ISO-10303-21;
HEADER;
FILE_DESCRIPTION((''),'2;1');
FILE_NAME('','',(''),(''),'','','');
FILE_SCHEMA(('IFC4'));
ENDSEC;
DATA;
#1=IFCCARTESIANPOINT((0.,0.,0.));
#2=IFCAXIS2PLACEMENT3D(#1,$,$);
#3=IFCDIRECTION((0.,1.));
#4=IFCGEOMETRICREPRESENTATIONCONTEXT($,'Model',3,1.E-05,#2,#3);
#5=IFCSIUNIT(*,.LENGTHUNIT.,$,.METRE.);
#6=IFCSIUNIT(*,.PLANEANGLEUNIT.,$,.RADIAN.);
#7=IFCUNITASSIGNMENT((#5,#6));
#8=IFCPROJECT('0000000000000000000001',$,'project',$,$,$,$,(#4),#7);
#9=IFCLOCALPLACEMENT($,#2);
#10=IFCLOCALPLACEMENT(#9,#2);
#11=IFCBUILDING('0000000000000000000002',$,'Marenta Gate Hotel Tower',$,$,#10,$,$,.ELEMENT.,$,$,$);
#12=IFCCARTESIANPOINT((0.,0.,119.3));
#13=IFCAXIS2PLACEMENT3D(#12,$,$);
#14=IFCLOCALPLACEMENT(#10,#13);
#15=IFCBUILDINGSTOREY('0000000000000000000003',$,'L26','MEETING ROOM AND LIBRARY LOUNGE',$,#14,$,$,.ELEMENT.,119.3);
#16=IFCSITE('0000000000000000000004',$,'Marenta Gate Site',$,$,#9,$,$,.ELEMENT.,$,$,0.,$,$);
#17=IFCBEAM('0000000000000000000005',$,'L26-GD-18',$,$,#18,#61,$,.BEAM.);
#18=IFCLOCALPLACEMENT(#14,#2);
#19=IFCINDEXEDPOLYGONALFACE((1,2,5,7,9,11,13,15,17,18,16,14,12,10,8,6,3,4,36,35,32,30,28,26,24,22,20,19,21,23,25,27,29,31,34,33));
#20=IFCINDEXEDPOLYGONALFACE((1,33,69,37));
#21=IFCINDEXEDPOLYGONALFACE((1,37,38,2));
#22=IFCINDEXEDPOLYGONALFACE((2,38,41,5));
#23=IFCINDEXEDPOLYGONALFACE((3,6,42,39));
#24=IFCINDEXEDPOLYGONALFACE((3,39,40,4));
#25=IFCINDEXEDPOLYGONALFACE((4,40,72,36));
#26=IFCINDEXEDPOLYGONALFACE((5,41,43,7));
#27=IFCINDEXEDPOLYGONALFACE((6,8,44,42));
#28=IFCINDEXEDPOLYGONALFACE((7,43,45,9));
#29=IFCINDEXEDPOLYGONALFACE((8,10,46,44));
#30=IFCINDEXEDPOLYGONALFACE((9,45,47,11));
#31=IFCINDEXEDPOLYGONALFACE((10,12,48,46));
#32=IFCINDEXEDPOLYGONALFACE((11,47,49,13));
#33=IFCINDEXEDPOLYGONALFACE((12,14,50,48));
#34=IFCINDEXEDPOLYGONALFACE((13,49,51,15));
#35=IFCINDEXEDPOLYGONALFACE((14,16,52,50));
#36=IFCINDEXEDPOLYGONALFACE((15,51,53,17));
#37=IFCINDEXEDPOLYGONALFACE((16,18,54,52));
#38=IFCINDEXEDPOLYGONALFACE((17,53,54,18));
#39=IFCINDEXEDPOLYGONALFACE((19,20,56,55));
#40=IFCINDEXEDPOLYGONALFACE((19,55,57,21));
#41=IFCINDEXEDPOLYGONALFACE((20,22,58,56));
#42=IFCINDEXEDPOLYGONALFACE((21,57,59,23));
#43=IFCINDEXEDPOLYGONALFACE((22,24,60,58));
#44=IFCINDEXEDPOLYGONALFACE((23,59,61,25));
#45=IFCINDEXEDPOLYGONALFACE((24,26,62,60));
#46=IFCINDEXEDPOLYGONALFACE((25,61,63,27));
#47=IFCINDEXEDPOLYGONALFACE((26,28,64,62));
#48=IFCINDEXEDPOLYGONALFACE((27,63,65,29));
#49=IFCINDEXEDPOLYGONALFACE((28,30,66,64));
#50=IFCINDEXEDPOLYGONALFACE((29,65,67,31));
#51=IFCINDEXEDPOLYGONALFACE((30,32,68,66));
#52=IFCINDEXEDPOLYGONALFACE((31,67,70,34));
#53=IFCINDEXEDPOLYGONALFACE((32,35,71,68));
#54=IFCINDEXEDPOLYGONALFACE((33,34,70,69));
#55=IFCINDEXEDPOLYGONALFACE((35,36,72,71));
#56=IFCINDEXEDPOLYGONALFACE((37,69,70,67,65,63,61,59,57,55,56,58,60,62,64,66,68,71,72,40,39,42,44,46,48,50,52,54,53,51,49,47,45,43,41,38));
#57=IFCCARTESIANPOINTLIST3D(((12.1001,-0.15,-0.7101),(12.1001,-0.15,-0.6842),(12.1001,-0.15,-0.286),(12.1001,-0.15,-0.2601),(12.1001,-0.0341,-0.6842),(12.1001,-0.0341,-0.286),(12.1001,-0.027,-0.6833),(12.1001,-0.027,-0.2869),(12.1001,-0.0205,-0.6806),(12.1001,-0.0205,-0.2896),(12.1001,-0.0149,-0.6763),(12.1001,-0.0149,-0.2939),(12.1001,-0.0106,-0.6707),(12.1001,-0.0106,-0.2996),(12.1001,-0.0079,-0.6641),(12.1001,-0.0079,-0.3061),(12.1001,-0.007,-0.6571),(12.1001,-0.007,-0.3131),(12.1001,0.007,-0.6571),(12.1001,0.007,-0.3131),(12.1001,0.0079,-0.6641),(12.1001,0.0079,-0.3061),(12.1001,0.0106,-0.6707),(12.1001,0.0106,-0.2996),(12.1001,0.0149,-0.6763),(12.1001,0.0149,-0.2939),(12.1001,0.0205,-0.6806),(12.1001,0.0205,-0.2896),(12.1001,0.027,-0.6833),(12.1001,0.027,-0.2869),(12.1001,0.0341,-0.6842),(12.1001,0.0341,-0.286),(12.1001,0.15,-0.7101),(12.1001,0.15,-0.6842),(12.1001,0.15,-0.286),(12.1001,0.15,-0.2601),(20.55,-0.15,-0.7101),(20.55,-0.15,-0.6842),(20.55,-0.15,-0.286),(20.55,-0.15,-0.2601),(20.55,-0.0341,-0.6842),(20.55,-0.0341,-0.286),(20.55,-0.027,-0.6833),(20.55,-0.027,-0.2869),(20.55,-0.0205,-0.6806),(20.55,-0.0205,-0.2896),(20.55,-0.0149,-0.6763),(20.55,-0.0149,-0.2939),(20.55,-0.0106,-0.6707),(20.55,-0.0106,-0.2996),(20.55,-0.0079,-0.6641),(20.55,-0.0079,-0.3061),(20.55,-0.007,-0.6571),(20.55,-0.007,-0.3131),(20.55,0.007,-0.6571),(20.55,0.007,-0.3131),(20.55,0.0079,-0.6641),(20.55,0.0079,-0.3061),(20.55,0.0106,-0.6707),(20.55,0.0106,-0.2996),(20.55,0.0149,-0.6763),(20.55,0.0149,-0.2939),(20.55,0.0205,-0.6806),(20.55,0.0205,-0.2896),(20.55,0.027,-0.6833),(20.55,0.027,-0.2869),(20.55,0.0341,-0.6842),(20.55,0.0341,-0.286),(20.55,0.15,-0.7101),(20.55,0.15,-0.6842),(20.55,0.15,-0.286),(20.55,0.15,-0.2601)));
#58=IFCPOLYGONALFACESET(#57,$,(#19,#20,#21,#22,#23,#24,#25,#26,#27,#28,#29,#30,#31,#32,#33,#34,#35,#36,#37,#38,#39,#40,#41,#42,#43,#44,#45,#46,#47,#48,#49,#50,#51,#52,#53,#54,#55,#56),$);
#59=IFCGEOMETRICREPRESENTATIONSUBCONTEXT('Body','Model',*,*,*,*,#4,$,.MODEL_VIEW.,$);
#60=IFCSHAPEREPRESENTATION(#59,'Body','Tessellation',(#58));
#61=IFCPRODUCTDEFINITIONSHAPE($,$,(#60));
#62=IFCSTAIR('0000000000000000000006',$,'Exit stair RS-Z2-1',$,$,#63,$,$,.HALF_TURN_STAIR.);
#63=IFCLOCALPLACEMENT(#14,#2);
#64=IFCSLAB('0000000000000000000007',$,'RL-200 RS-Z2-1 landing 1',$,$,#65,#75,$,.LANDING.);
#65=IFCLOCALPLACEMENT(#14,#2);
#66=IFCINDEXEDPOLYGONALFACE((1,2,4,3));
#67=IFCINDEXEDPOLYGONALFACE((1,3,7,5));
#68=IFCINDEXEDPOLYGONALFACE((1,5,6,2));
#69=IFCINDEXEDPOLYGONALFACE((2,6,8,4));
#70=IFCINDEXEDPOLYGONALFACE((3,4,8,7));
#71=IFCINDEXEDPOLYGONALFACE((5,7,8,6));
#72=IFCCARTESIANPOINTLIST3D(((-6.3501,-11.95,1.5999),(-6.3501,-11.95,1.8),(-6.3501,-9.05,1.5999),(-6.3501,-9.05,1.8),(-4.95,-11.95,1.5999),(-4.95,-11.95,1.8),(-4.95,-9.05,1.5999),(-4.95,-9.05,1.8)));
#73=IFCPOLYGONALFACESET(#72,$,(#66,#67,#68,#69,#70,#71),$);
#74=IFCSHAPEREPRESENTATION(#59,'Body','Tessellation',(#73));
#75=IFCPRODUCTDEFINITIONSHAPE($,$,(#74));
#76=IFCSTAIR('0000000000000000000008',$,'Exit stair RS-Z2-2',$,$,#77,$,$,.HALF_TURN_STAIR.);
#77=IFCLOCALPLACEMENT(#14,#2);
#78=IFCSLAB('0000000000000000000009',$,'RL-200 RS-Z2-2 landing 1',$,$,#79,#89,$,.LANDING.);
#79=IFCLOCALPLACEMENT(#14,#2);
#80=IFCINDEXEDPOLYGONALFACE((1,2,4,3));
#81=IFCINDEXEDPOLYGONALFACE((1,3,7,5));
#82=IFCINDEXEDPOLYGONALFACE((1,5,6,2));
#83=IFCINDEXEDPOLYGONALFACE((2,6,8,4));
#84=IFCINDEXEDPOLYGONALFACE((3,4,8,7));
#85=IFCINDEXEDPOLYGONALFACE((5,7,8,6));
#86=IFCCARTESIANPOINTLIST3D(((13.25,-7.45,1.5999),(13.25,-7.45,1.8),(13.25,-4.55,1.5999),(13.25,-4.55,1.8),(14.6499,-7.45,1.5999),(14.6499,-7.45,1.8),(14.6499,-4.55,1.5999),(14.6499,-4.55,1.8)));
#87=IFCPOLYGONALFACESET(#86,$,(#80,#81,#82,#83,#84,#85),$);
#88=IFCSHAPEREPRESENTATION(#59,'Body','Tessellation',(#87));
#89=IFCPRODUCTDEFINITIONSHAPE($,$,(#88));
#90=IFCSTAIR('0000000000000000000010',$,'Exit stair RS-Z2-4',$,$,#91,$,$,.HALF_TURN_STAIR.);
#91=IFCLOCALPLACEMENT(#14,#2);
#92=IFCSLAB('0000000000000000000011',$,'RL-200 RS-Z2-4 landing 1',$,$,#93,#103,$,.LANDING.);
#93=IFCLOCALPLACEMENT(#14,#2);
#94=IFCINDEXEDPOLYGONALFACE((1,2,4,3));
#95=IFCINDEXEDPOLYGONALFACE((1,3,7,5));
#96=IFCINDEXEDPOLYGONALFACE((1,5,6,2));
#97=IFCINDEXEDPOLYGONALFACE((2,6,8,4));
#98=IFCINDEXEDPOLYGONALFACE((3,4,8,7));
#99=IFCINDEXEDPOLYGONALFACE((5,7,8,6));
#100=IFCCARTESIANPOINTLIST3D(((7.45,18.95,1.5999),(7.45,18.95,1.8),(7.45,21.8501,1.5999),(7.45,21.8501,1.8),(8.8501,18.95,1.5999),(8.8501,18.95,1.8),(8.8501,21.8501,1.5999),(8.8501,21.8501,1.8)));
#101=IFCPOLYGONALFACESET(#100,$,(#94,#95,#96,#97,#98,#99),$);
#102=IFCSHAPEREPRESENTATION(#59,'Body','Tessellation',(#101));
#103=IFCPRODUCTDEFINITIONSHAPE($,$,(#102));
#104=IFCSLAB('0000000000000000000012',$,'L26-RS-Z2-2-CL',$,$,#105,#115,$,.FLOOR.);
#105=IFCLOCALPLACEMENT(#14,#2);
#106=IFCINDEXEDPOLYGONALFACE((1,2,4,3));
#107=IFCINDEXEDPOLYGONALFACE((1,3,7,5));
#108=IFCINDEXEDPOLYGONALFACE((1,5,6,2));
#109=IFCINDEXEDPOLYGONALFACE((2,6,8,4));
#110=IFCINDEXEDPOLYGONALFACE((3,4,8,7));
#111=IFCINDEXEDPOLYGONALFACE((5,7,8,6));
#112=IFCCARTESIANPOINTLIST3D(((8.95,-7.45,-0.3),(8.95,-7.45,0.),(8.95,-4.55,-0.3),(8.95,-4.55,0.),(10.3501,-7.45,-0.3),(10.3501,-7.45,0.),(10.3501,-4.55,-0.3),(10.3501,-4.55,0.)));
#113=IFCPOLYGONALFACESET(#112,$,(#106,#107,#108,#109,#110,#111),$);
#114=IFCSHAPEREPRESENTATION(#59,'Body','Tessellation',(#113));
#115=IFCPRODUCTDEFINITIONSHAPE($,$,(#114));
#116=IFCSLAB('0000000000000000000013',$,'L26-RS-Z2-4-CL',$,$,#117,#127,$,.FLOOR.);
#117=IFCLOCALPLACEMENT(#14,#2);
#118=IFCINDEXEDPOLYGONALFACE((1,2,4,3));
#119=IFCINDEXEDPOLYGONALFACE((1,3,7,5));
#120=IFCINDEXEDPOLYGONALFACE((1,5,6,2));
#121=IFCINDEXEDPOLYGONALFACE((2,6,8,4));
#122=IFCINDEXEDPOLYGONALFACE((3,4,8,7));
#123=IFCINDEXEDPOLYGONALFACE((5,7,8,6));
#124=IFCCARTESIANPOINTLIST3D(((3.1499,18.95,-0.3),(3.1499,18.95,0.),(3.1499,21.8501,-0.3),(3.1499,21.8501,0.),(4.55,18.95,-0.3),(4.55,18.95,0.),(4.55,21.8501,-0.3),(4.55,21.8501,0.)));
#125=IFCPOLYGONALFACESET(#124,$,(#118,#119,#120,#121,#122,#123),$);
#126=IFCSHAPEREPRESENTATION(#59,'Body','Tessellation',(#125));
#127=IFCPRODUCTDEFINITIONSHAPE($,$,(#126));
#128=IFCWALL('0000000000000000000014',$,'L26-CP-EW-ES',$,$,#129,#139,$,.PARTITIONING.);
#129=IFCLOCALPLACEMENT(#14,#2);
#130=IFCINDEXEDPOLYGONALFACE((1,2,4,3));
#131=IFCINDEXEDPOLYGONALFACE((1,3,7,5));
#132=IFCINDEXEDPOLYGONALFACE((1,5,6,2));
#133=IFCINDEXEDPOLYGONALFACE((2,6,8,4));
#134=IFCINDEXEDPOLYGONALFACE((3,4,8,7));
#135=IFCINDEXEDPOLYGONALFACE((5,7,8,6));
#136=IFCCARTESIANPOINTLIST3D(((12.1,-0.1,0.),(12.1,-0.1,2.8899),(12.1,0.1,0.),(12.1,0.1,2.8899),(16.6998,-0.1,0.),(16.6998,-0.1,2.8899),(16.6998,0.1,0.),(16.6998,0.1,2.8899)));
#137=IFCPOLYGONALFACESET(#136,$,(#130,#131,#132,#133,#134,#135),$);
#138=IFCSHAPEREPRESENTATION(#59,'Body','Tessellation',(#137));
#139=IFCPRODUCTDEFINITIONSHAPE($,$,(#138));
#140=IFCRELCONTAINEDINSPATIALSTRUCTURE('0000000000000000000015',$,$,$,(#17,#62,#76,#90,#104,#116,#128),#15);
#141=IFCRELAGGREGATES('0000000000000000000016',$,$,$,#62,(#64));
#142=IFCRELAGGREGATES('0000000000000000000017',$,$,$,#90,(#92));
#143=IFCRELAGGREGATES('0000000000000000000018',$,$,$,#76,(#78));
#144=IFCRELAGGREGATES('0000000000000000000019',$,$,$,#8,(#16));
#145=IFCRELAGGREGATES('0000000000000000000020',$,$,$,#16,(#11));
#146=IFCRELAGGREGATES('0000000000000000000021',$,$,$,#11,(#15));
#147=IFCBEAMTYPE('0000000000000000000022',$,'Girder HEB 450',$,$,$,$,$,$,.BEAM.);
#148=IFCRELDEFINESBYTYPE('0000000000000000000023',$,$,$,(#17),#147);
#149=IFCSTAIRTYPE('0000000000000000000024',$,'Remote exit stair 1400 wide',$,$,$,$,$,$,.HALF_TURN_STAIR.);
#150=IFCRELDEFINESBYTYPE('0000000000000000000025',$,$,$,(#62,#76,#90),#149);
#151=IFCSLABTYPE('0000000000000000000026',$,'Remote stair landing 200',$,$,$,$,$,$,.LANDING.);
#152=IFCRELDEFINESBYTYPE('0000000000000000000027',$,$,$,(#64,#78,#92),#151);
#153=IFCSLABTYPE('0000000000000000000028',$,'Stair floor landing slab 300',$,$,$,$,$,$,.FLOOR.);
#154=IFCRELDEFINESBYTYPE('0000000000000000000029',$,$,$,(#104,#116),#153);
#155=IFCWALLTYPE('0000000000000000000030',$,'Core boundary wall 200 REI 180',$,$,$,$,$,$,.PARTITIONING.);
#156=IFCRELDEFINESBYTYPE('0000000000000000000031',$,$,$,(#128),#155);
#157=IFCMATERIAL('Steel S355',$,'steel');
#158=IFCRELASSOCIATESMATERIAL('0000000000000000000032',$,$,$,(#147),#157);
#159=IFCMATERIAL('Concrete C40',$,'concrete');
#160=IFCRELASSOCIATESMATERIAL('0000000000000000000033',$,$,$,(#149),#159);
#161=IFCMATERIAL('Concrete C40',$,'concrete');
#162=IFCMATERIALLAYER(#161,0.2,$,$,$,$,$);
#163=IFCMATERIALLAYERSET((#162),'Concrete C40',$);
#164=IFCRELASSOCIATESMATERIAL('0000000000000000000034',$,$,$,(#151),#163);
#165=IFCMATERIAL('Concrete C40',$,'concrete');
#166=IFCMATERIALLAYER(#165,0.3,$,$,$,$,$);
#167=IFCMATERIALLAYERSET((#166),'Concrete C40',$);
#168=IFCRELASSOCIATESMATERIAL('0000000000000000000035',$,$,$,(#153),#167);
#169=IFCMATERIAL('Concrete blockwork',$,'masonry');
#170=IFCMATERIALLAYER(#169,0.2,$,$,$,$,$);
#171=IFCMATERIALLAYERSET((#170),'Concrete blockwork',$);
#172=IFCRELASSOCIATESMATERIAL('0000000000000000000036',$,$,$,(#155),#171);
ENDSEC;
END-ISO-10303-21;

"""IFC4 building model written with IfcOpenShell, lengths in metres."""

from ifc_helpers import new_model, si_unit, direction, frame, frame_2d, origin, origin_2d, place, context, subcontext, project, spatial, polyline, rectangle, i_section, outline, extrude, material, layer, layer_set, material_profile, profile_set, type_object, element, aggregate, save


model = new_model("IFC4")

# Units and contexts
model_context = context("Model", 3, precision=1e-05, world=origin(), true_north=direction((0.0, 1.0)))
body_context = subcontext(model_context, "Body", "Model", "MODEL_VIEW")
ifc_project = project(units=[si_unit("LENGTHUNIT", "METRE"), si_unit("PLANEANGLEUNIT", "RADIAN")], contexts=[model_context])

# Site, building, storey
site_placement = place(None, origin())
site = spatial("IfcSite", under=ifc_project, at=site_placement, Name="Marenta Gate Site", CompositionType="ELEMENT", RefElevation=0.0)
building_placement = place(site_placement, origin())
building = spatial("IfcBuilding", under=site, at=building_placement, Name="Marenta Gate Hotel Tower", CompositionType="ELEMENT")
storey_placement = place(building_placement, frame((0.0, 0.0, 119.3)))
storey = spatial("IfcBuildingStorey", under=building, at=storey_placement, Name="L26", Description="MEETING ROOM AND LIBRARY LOUNGE", CompositionType="ELEMENT", Elevation=119.3)

# Beam
ifc_material_1 = material(Name="Steel S355", Category="steel")
ifc_material_profile = material_profile(ifc_material_1, i_section(OverallWidth=0.3, OverallDepth=0.45, WebThickness=0.0139, FlangeThickness=0.0259, FilletRadius=0.0271, at=origin_2d()), Name="HEB 450")
ifc_profile_set = profile_set([ifc_material_profile], Name="Steel S355")
beam_type = type_object("IfcBeamType", Name="Girder HEB 450", PredefinedType="BEAM", material=ifc_profile_set)
beam_placement = place(storey_placement, frame((12.1001, 0.0, -0.4851), z_axis=(1.0, 0.0, 0.0), x_axis=(0.0, 1.0, 0.0)))
element("IfcBeam", 1, at=beam_placement, inside=storey, type_object=beam_type, Name="L26-GD-18", PredefinedType="BEAM", context=body_context, shape_type="SweptSolid", body=[
    extrude(i_section(OverallWidth=0.3, OverallDepth=0.45, WebThickness=0.0139, FlangeThickness=0.0259, FilletRadius=0.0271, at=origin_2d()), origin(), (0.0, 0.0, 1.0), 8.45),
])

# Stairs, slabs
ifc_material_2 = material(Name="Concrete C40", Category="concrete")
stair_type = type_object("IfcStairType", Name="Remote exit stair 1400 wide", PredefinedType="HALF_TURN_STAIR", material=ifc_material_2)
stair_1_placement = place(storey_placement, origin())
stair_1 = element("IfcStair", 2, at=stair_1_placement, inside=storey, type_object=stair_type, Name="Exit stair RS-Z2-1", PredefinedType="HALF_TURN_STAIR")
ifc_material_3 = material(Name="Concrete C40", Category="concrete")
ifc_layer_1 = layer(ifc_material_3, 0.2)
ifc_layer_set_1 = layer_set([ifc_layer_1], Name="Concrete C40")
slab_type_1 = type_object("IfcSlabType", Name="Remote stair landing 200", PredefinedType="LANDING", material=ifc_layer_set_1)
slab_1_placement = place(storey_placement, frame((0.0, 0.0, 1.5999)))
slab_1 = element("IfcSlab", 3, at=slab_1_placement, type_object=slab_type_1, Name="RL-200 RS-Z2-1 landing 1", PredefinedType="LANDING", context=body_context, shape_type="SweptSolid", body=[
    extrude(outline(polyline([(-6.3501, -11.95), (-4.95, -11.95), (-4.95, -9.05), (-6.3501, -9.05), (-6.3501, -11.95)])), origin(), (0.0, 0.0, 1.0), 0.2002),
])
aggregate(stair_1, [slab_1])
stair_2_placement = place(storey_placement, origin())
stair_2 = element("IfcStair", 4, at=stair_2_placement, inside=storey, type_object=stair_type, Name="Exit stair RS-Z2-2", PredefinedType="HALF_TURN_STAIR")
slab_2_placement = place(storey_placement, frame((0.0, 0.0, 1.5999)))
slab_2 = element("IfcSlab", 5, at=slab_2_placement, type_object=slab_type_1, Name="RL-200 RS-Z2-2 landing 1", PredefinedType="LANDING", context=body_context, shape_type="SweptSolid", body=[
    extrude(outline(polyline([(13.25, -7.45), (14.6499, -7.45), (14.6499, -4.55), (13.25, -4.55), (13.25, -7.45)])), origin(), (0.0, 0.0, 1.0), 0.2002),
])
stair_3_placement = place(storey_placement, origin())
stair_3 = element("IfcStair", 6, at=stair_3_placement, inside=storey, type_object=stair_type, Name="Exit stair RS-Z2-4", PredefinedType="HALF_TURN_STAIR")
slab_3_placement = place(storey_placement, frame((0.0, 0.0, 1.5999)))
slab_3 = element("IfcSlab", 7, at=slab_3_placement, type_object=slab_type_1, Name="RL-200 RS-Z2-4 landing 1", PredefinedType="LANDING", context=body_context, shape_type="SweptSolid", body=[
    extrude(outline(polyline([(7.45, 18.95), (8.8501, 18.95), (8.8501, 21.8501), (7.45, 21.8501), (7.45, 18.95)])), origin(), (0.0, 0.0, 1.0), 0.2002),
])
aggregate(stair_3, [slab_3])

# Slabs
ifc_material_4 = material(Name="Concrete C40", Category="concrete")
ifc_layer_2 = layer(ifc_material_4, 0.3)
ifc_layer_set_2 = layer_set([ifc_layer_2], Name="Concrete C40")
slab_type_2 = type_object("IfcSlabType", Name="Stair floor landing slab 300", PredefinedType="FLOOR", material=ifc_layer_set_2)
slab_4_placement = place(storey_placement, frame((0.0, 0.0, -0.3)))
element("IfcSlab", 8, at=slab_4_placement, inside=storey, type_object=slab_type_2, Name="L26-RS-Z2-2-CL", PredefinedType="FLOOR", context=body_context, shape_type="SweptSolid", body=[
    extrude(outline(polyline([(10.3501, -7.45), (10.3501, -4.55), (8.95, -4.55), (8.95, -7.45), (10.3501, -7.45)])), origin(), (0.0, 0.0, 1.0), 0.3),
])
slab_5_placement = place(storey_placement, frame((0.0, 0.0, -0.3)))
element("IfcSlab", 9, at=slab_5_placement, inside=storey, type_object=slab_type_2, Name="L26-RS-Z2-4-CL", PredefinedType="FLOOR", context=body_context, shape_type="SweptSolid", body=[
    extrude(outline(polyline([(4.55, 18.95), (4.55, 21.8501), (3.1499, 21.8501), (3.1499, 18.95), (4.55, 18.95)])), origin(), (0.0, 0.0, 1.0), 0.3),
])

# Wall
ifc_material_5 = material(Name="Concrete blockwork", Category="masonry")
ifc_layer_3 = layer(ifc_material_5, 0.2)
ifc_layer_set_3 = layer_set([ifc_layer_3], Name="Concrete blockwork")
wall_type_1 = type_object("IfcWallType", Name="Core boundary wall 200 REI 180", PredefinedType="PARTITIONING", material=ifc_layer_set_3)
wall_1_placement = place(storey_placement, frame((12.1001, 0.0, 0.0), z_axis=(0.0, 0.0, 1.0), x_axis=(1.0, 0.0, 0.0)))
element("IfcWall", 10, at=wall_1_placement, inside=storey, type_object=wall_type_1, Name="L26-CP-EW-ES", PredefinedType="PARTITIONING", context=body_context, shape_type="SweptSolid", body=[
    extrude(rectangle(XDim=4.5999, YDim=0.2, at=frame_2d((2.2998, 0.0))), origin(), (0.0, 0.0, 1.0), 2.8899),
])

aggregate(stair_2, [slab_2])

save(model, "model.ifc")
